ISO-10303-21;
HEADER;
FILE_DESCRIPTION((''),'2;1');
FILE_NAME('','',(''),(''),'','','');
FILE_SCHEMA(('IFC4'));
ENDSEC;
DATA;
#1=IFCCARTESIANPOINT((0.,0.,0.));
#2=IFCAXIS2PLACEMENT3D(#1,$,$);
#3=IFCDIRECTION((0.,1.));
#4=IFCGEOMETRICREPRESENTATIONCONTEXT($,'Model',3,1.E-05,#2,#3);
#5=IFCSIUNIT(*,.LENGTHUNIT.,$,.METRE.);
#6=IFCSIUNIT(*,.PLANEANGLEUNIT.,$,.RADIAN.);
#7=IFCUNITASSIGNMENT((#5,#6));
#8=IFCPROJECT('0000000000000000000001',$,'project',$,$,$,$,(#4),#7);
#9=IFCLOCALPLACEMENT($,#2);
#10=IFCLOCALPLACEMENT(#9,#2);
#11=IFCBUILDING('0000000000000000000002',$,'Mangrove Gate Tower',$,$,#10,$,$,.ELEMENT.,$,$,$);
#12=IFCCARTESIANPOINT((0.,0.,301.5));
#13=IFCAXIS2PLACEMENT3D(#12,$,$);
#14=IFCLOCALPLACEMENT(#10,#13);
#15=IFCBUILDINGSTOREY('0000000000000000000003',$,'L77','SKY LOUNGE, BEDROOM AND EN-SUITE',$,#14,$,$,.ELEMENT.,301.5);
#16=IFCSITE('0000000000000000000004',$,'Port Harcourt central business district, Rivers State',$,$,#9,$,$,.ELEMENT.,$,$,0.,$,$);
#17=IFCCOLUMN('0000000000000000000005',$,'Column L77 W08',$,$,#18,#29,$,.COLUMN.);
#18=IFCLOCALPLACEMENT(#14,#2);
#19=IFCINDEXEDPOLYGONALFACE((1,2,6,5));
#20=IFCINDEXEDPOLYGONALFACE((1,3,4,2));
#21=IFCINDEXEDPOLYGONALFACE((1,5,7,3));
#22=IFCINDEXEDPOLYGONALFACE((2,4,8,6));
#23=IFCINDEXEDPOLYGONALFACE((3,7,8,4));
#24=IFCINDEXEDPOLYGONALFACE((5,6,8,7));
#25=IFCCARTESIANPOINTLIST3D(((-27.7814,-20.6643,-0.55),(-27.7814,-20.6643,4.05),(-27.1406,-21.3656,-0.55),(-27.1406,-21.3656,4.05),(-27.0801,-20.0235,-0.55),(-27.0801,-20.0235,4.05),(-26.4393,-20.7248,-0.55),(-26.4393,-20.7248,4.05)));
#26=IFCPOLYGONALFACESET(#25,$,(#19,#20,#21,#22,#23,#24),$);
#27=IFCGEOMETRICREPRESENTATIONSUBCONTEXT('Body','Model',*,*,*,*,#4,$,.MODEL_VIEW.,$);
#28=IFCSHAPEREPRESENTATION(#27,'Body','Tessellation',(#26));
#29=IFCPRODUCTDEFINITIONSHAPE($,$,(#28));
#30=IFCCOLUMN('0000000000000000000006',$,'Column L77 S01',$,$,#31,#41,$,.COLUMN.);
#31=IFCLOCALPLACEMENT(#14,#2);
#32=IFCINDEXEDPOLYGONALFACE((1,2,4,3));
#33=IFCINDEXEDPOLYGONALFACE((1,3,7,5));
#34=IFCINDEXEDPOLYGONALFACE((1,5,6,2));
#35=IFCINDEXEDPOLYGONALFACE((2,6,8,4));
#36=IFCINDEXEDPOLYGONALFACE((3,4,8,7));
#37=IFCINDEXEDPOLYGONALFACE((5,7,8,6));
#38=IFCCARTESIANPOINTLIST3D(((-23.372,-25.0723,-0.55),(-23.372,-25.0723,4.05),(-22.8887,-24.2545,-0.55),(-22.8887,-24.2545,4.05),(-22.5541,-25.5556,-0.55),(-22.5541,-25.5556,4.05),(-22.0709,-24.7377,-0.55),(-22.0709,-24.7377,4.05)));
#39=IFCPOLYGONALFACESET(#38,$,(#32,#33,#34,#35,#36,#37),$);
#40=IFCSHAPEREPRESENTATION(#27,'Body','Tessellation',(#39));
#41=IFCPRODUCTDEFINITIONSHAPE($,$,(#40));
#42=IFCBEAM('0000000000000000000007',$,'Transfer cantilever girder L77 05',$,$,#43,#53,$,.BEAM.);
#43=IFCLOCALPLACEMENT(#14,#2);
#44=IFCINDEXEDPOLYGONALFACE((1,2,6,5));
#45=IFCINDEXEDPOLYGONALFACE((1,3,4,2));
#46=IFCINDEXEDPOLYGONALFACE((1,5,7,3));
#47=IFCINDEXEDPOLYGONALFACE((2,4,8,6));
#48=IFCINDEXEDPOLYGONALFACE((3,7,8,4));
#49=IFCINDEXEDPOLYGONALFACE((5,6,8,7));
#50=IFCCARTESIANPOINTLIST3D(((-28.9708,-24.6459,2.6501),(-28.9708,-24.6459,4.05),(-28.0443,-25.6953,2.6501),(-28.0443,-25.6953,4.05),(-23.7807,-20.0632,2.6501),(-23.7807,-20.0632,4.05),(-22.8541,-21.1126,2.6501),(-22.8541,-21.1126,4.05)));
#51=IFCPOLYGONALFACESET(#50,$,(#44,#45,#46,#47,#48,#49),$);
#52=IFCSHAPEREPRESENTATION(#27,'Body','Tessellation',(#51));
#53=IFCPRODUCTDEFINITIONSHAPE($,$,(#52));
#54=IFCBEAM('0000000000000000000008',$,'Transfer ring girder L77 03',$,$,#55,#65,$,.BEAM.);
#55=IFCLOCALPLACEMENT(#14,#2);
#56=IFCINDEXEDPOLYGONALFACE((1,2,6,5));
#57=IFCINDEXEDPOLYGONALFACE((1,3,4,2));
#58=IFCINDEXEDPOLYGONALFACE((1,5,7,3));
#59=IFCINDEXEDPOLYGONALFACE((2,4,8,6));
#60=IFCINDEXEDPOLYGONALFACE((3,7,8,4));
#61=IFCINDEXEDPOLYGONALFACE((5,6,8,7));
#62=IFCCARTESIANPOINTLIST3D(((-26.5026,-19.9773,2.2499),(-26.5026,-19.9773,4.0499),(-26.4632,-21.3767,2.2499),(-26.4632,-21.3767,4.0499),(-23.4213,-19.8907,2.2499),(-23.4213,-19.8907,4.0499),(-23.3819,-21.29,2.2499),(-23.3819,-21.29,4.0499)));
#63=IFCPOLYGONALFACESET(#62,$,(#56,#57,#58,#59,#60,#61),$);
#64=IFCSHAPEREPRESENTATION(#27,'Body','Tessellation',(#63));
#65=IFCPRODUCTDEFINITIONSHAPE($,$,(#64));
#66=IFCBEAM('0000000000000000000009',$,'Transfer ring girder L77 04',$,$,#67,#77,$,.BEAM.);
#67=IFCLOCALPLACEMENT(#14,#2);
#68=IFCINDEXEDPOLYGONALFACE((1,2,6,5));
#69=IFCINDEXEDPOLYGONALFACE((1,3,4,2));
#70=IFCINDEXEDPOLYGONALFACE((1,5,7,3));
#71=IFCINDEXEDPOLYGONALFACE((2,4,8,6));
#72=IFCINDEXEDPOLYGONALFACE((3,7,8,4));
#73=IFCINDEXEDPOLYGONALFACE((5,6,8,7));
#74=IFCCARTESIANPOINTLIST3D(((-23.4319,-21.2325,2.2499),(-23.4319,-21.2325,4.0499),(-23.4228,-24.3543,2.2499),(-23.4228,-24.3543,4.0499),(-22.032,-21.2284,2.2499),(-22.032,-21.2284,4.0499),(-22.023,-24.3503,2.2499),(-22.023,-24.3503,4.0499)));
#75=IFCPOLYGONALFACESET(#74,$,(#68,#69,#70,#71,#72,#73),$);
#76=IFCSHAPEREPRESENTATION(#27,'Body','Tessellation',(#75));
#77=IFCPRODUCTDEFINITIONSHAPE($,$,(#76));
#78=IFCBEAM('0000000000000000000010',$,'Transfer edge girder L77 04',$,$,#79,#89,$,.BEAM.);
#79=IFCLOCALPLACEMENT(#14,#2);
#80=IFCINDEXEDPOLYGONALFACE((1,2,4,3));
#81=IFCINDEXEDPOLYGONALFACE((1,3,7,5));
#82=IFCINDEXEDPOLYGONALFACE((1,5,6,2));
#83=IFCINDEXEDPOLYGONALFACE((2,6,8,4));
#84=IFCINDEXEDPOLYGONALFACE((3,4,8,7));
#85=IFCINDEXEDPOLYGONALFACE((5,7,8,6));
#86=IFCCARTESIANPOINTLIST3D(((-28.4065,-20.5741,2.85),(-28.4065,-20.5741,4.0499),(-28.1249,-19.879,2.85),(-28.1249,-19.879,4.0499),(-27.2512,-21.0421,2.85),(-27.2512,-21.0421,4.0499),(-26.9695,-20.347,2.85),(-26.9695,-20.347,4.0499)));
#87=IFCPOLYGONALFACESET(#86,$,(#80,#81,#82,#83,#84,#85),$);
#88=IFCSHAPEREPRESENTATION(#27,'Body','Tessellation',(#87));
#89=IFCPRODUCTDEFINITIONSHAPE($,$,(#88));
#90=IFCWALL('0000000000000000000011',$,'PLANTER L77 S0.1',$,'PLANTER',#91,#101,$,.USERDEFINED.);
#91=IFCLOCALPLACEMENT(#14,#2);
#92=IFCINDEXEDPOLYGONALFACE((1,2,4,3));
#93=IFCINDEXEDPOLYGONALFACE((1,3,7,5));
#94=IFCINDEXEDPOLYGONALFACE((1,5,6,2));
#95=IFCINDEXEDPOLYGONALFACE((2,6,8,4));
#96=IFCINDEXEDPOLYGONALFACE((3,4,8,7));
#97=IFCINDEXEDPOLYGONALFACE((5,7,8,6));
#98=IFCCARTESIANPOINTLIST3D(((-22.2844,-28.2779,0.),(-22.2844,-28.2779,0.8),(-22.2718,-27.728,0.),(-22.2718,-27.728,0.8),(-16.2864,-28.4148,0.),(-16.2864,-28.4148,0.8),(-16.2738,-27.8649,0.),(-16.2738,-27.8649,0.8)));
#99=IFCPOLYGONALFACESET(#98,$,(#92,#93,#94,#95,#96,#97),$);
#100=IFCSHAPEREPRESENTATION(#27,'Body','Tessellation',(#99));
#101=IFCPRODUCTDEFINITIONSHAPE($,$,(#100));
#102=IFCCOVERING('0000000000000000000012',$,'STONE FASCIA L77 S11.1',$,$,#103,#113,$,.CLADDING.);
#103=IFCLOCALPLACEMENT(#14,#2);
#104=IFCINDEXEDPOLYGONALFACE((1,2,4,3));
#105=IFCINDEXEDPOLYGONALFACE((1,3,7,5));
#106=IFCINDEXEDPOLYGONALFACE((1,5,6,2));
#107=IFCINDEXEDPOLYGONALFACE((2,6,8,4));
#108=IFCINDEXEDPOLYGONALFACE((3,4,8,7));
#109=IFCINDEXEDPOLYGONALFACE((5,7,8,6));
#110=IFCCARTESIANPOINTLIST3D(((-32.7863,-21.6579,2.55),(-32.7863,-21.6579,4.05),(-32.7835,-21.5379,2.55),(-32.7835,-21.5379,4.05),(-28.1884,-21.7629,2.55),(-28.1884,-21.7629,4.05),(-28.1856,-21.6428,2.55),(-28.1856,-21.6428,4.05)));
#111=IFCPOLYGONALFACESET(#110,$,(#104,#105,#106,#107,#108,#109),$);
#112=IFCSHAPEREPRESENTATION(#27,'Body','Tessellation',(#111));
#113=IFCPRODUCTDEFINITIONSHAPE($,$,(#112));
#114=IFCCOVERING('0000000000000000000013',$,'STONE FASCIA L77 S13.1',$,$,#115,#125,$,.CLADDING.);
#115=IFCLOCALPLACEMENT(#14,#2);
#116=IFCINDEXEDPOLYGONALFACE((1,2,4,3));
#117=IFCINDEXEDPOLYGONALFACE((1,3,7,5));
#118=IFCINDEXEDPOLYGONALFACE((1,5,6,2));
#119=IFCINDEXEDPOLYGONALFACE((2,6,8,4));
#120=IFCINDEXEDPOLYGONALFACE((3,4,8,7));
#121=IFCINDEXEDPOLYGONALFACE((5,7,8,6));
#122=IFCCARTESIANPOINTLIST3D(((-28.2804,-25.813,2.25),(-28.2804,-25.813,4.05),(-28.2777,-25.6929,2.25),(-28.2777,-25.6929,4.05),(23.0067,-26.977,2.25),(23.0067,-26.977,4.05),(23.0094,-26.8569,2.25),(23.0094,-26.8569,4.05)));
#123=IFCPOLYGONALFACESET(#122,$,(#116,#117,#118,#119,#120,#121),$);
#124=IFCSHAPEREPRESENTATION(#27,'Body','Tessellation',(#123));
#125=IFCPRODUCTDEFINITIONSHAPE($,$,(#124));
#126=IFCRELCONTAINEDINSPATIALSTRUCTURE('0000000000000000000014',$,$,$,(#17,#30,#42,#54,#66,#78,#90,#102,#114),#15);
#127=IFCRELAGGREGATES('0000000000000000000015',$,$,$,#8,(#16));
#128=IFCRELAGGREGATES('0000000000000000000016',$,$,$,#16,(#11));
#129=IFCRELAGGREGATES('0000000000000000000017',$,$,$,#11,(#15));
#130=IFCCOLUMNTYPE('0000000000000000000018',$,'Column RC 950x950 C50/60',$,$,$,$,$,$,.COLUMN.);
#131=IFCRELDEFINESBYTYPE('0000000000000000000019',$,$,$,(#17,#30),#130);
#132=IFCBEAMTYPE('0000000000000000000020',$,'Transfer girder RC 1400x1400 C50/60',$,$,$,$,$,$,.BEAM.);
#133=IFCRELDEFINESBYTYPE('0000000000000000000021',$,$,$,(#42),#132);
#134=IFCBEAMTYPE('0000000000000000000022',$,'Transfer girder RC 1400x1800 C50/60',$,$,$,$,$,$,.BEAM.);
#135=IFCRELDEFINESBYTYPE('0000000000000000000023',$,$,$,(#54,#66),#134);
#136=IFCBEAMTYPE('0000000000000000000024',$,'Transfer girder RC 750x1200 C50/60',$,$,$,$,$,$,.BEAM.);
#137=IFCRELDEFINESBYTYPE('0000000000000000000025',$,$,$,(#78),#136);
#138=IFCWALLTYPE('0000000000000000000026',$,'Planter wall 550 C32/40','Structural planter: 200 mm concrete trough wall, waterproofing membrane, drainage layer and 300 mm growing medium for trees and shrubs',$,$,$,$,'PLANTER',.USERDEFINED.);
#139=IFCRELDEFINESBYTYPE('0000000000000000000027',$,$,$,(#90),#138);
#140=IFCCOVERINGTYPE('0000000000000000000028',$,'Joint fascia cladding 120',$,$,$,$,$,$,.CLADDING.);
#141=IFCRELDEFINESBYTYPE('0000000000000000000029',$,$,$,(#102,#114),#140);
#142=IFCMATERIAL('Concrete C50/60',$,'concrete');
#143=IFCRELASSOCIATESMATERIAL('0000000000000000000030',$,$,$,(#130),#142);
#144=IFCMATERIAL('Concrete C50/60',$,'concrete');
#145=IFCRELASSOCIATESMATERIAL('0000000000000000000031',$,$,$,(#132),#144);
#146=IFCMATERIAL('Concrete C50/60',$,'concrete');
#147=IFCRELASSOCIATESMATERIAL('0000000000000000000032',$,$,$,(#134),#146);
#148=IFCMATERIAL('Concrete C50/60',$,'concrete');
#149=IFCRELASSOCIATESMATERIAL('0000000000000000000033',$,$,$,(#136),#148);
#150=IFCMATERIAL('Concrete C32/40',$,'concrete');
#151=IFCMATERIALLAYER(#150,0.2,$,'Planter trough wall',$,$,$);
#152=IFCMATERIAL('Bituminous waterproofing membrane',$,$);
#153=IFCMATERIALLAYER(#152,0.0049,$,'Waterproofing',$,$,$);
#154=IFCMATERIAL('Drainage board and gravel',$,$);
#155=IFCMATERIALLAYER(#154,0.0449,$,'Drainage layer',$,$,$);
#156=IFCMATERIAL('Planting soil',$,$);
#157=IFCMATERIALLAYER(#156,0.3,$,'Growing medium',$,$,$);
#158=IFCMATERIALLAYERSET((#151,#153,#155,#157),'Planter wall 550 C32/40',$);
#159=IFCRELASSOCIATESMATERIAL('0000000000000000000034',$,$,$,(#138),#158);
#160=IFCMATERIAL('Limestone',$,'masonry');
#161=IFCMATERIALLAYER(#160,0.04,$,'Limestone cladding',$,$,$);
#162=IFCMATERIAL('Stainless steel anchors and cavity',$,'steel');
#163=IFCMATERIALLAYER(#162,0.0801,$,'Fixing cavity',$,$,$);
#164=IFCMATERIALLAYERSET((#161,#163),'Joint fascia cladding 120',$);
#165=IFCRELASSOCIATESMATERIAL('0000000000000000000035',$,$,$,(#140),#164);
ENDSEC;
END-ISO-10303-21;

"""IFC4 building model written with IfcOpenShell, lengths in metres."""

from ifc_helpers import new_model, si_unit, direction, frame, frame_2d, origin, origin_2d, place, context, subcontext, project, spatial, rectangle, extrude, material, layer, layer_set, material_profile, profile_set, type_object, element, save


model = new_model("IFC4")

# Units and contexts
model_context = context("Model", 3, precision=1e-05, world=origin(), true_north=direction((0.0, 1.0)))
body_context = subcontext(model_context, "Body", "Model", "MODEL_VIEW")
ifc_project = project(units=[si_unit("LENGTHUNIT", "METRE"), si_unit("PLANEANGLEUNIT", "RADIAN")], contexts=[model_context])

# Site, building, storey
site_placement = place(None, origin())
site = spatial("IfcSite", under=ifc_project, at=site_placement, Name="Port Harcourt central business district, Rivers State", CompositionType="ELEMENT", RefElevation=0.0)
building_placement = place(site_placement, origin())
building = spatial("IfcBuilding", under=site, at=building_placement, Name="Mangrove Gate Tower", CompositionType="ELEMENT")
storey_placement = place(building_placement, frame((0.0, 0.0, 301.5)))
storey = spatial("IfcBuildingStorey", under=building, at=storey_placement, Name="L77", Description="SKY LOUNGE, BEDROOM AND EN-SUITE", CompositionType="ELEMENT", Elevation=301.5)

# Columns
ifc_material_1 = material(Name="Concrete C50/60", Category="concrete")
ifc_material_profile_1 = material_profile(ifc_material_1, rectangle(XDim=0.95, YDim=0.95, at=origin_2d()))
ifc_profile_set_1 = profile_set([ifc_material_profile_1], Name="Concrete C50/60")
column_type = type_object("IfcColumnType", Name="Column RC 950x950 C50/60", PredefinedType="COLUMN", material=ifc_profile_set_1)
for number, where, z_axis, x_axis, name in (
    (1, (-27.1104, -20.6946, -0.55), (0.0, 0.0, 1.0), (0.67456, -0.73822, 0.0), "Column L77 W08"),
    (2, (-22.7214, -24.905, -0.55), (0.0, 0.0, 1.0), (0.860936, -0.508713, 0.0), "Column L77 S01"),
):
    element("IfcColumn", number, at=place(storey_placement, frame(where, z_axis=z_axis, x_axis=x_axis)), inside=storey, type_object=column_type, Name=name, PredefinedType="COLUMN", context=body_context, shape_type="SweptSolid", body=[
        extrude(rectangle(XDim=0.95, YDim=0.95, at=origin_2d()), origin(), (0.0, 0.0, 1.0), 4.6001),
    ])

# Beams
ifc_material_2 = material(Name="Concrete C50/60", Category="concrete")
ifc_material_profile_2 = material_profile(ifc_material_2, rectangle(XDim=1.3999, YDim=1.3999, at=origin_2d()))
ifc_profile_set_2 = profile_set([ifc_material_profile_2], Name="Concrete C50/60")
beam_type_1 = type_object("IfcBeamType", Name="Transfer girder RC 1400x1400 C50/60", PredefinedType="BEAM", material=ifc_profile_set_2)
beam_1_placement = place(storey_placement, frame((-23.3174, -20.5879, 3.3501), z_axis=(-0.749609, -0.66188, 0.0), x_axis=(0.66188, -0.749609, 0.0)))
element("IfcBeam", 3, at=beam_1_placement, inside=storey, type_object=beam_type_1, Name="Transfer cantilever girder L77 05", PredefinedType="BEAM", context=body_context, shape_type="SweptSolid", body=[
    extrude(rectangle(XDim=1.3999, YDim=1.3999, at=origin_2d()), origin(), (0.0, 0.0, 1.0), 6.9238),
])
ifc_material_3 = material(Name="Concrete C50/60", Category="concrete")
ifc_material_profile_3 = material_profile(ifc_material_3, rectangle(XDim=1.3999, YDim=1.8, at=origin_2d()))
ifc_profile_set_3 = profile_set([ifc_material_profile_3], Name="Concrete C50/60")
beam_type_2 = type_object("IfcBeamType", Name="Transfer girder RC 1400x1800 C50/60", PredefinedType="BEAM", material=ifc_profile_set_3)
beam_2_placement = place(storey_placement, frame((-26.4829, -20.677, 3.1499), z_axis=(0.999605, 0.028117, 0.0), x_axis=(-0.028117, 0.999605, 0.0)))
element("IfcBeam", 4, at=beam_2_placement, inside=storey, type_object=beam_type_2, Name="Transfer ring girder L77 03", PredefinedType="BEAM", context=body_context, shape_type="SweptSolid", body=[
    extrude(rectangle(XDim=1.3999, YDim=1.8, at=origin_2d()), origin(), (0.0, 0.0, 1.0), 3.0825),
])
beam_3_placement = place(storey_placement, frame((-22.7319, -21.2305, 3.1499), z_axis=(0.002894, -0.999996, 0.0), x_axis=(0.999996, 0.002894, 0.0)))
element("IfcBeam", 5, at=beam_3_placement, inside=storey, type_object=beam_type_2, Name="Transfer ring girder L77 04", PredefinedType="BEAM", context=body_context, shape_type="SweptSolid", body=[
    extrude(rectangle(XDim=1.3999, YDim=1.8, at=origin_2d()), origin(), (0.0, 0.0, 1.0), 3.1218),
])
ifc_material_4 = material(Name="Concrete C50/60", Category="concrete")
ifc_material_profile_4 = material_profile(ifc_material_4, rectangle(XDim=0.75, YDim=1.2, at=origin_2d()))
ifc_profile_set_4 = profile_set([ifc_material_profile_4], Name="Concrete C50/60")
beam_type_3 = type_object("IfcBeamType", Name="Transfer girder RC 750x1200 C50/60", PredefinedType="BEAM", material=ifc_profile_set_4)
beam_4_placement = place(storey_placement, frame((-27.1104, -20.6946, 3.45), z_axis=(-0.926833, 0.375473, 0.0), x_axis=(-0.375473, -0.926833, 0.0)))
element("IfcBeam", 6, at=beam_4_placement, inside=storey, type_object=beam_type_3, Name="Transfer edge girder L77 04", PredefinedType="BEAM", context=body_context, shape_type="SweptSolid", body=[
    extrude(rectangle(XDim=0.75, YDim=1.2, at=origin_2d()), origin(), (0.0, 0.0, 1.0), 1.2466),
])

# Shared definitions
ifc_material_5 = material(Name="Limestone", Category="masonry")

# Wall
ifc_material_6 = material(Name="Concrete C32/40", Category="concrete")
ifc_layer_1 = layer(ifc_material_6, 0.2, Name="Planter trough wall")
ifc_material_7 = material(Name="Bituminous waterproofing membrane")
ifc_layer_2 = layer(ifc_material_7, 0.0049, Name="Waterproofing")
ifc_material_8 = material(Name="Drainage board and gravel")
ifc_layer_3 = layer(ifc_material_8, 0.0449, Name="Drainage layer")
ifc_material_9 = material(Name="Planting soil")
ifc_layer_4 = layer(ifc_material_9, 0.3, Name="Growing medium")
ifc_layer_set_1 = layer_set([ifc_layer_1, ifc_layer_2, ifc_layer_3, ifc_layer_4], Name="Planter wall 550 C32/40")
wall_type_1 = type_object("IfcWallType", Name="Planter wall 550 C32/40", Description="Structural planter: 200 mm concrete trough wall, waterproofing membrane, drainage layer and 300 mm growing medium for trees and shrubs", ElementType="PLANTER", PredefinedType="USERDEFINED", material=ifc_layer_set_1)
wall_1_placement = place(storey_placement, frame((-22.2781, -28.0029, 0.0), z_axis=(0.0, 0.0, 1.0), x_axis=(0.999739, -0.022829, 0.0)))
element("IfcWall", 7, at=wall_1_placement, inside=storey, type_object=wall_type_1, Name="PLANTER L77 S0.1", ObjectType="PLANTER", PredefinedType="USERDEFINED", context=body_context, shape_type="SweptSolid", body=[
    extrude(rectangle(XDim=5.9995, YDim=0.55, at=frame_2d((2.9998, 0.0))), origin(), (0.0, 0.0, 1.0), 0.8),
])

# Coverings
ifc_layer_5 = layer(ifc_material_5, 0.04, Name="Limestone cladding")
ifc_material_10 = material(Name="Stainless steel anchors and cavity", Category="steel")
ifc_layer_6 = layer(ifc_material_10, 0.0801, Name="Fixing cavity")
ifc_layer_set_2 = layer_set([ifc_layer_5, ifc_layer_6], Name="Joint fascia cladding 120")
covering_type = type_object("IfcCoveringType", Name="Joint fascia cladding 120", PredefinedType="CLADDING", material=ifc_layer_set_2)
covering_1_placement = place(storey_placement, frame((-32.7849, -21.5979, 2.55), z_axis=(0.0, 0.0, 1.0), x_axis=(0.999739, -0.022826, 0.0)))
element("IfcCovering", 8, at=covering_1_placement, inside=storey, type_object=covering_type, Name="STONE FASCIA L77 S11.1", PredefinedType="CLADDING", context=body_context, shape_type="SweptSolid", body=[
    extrude(rectangle(XDim=4.5991, YDim=0.1201, at=frame_2d((2.2996, 0.0))), origin(), (0.0, 0.0, 1.0), 1.5),
])
covering_2_placement = place(storey_placement, frame((-28.2791, -25.7529, 2.25), z_axis=(0.0, 0.0, 1.0), x_axis=(0.999743, -0.022691, 0.0)))
element("IfcCovering", 9, at=covering_2_placement, inside=storey, type_object=covering_type, Name="STONE FASCIA L77 S13.1", PredefinedType="CLADDING", context=body_context, shape_type="SweptSolid", body=[
    extrude(rectangle(XDim=51.3003, YDim=0.1201, at=frame_2d((25.6501, 0.0))), origin(), (0.0, 0.0, 1.0), 1.8),
])

save(model, "model.ifc")
